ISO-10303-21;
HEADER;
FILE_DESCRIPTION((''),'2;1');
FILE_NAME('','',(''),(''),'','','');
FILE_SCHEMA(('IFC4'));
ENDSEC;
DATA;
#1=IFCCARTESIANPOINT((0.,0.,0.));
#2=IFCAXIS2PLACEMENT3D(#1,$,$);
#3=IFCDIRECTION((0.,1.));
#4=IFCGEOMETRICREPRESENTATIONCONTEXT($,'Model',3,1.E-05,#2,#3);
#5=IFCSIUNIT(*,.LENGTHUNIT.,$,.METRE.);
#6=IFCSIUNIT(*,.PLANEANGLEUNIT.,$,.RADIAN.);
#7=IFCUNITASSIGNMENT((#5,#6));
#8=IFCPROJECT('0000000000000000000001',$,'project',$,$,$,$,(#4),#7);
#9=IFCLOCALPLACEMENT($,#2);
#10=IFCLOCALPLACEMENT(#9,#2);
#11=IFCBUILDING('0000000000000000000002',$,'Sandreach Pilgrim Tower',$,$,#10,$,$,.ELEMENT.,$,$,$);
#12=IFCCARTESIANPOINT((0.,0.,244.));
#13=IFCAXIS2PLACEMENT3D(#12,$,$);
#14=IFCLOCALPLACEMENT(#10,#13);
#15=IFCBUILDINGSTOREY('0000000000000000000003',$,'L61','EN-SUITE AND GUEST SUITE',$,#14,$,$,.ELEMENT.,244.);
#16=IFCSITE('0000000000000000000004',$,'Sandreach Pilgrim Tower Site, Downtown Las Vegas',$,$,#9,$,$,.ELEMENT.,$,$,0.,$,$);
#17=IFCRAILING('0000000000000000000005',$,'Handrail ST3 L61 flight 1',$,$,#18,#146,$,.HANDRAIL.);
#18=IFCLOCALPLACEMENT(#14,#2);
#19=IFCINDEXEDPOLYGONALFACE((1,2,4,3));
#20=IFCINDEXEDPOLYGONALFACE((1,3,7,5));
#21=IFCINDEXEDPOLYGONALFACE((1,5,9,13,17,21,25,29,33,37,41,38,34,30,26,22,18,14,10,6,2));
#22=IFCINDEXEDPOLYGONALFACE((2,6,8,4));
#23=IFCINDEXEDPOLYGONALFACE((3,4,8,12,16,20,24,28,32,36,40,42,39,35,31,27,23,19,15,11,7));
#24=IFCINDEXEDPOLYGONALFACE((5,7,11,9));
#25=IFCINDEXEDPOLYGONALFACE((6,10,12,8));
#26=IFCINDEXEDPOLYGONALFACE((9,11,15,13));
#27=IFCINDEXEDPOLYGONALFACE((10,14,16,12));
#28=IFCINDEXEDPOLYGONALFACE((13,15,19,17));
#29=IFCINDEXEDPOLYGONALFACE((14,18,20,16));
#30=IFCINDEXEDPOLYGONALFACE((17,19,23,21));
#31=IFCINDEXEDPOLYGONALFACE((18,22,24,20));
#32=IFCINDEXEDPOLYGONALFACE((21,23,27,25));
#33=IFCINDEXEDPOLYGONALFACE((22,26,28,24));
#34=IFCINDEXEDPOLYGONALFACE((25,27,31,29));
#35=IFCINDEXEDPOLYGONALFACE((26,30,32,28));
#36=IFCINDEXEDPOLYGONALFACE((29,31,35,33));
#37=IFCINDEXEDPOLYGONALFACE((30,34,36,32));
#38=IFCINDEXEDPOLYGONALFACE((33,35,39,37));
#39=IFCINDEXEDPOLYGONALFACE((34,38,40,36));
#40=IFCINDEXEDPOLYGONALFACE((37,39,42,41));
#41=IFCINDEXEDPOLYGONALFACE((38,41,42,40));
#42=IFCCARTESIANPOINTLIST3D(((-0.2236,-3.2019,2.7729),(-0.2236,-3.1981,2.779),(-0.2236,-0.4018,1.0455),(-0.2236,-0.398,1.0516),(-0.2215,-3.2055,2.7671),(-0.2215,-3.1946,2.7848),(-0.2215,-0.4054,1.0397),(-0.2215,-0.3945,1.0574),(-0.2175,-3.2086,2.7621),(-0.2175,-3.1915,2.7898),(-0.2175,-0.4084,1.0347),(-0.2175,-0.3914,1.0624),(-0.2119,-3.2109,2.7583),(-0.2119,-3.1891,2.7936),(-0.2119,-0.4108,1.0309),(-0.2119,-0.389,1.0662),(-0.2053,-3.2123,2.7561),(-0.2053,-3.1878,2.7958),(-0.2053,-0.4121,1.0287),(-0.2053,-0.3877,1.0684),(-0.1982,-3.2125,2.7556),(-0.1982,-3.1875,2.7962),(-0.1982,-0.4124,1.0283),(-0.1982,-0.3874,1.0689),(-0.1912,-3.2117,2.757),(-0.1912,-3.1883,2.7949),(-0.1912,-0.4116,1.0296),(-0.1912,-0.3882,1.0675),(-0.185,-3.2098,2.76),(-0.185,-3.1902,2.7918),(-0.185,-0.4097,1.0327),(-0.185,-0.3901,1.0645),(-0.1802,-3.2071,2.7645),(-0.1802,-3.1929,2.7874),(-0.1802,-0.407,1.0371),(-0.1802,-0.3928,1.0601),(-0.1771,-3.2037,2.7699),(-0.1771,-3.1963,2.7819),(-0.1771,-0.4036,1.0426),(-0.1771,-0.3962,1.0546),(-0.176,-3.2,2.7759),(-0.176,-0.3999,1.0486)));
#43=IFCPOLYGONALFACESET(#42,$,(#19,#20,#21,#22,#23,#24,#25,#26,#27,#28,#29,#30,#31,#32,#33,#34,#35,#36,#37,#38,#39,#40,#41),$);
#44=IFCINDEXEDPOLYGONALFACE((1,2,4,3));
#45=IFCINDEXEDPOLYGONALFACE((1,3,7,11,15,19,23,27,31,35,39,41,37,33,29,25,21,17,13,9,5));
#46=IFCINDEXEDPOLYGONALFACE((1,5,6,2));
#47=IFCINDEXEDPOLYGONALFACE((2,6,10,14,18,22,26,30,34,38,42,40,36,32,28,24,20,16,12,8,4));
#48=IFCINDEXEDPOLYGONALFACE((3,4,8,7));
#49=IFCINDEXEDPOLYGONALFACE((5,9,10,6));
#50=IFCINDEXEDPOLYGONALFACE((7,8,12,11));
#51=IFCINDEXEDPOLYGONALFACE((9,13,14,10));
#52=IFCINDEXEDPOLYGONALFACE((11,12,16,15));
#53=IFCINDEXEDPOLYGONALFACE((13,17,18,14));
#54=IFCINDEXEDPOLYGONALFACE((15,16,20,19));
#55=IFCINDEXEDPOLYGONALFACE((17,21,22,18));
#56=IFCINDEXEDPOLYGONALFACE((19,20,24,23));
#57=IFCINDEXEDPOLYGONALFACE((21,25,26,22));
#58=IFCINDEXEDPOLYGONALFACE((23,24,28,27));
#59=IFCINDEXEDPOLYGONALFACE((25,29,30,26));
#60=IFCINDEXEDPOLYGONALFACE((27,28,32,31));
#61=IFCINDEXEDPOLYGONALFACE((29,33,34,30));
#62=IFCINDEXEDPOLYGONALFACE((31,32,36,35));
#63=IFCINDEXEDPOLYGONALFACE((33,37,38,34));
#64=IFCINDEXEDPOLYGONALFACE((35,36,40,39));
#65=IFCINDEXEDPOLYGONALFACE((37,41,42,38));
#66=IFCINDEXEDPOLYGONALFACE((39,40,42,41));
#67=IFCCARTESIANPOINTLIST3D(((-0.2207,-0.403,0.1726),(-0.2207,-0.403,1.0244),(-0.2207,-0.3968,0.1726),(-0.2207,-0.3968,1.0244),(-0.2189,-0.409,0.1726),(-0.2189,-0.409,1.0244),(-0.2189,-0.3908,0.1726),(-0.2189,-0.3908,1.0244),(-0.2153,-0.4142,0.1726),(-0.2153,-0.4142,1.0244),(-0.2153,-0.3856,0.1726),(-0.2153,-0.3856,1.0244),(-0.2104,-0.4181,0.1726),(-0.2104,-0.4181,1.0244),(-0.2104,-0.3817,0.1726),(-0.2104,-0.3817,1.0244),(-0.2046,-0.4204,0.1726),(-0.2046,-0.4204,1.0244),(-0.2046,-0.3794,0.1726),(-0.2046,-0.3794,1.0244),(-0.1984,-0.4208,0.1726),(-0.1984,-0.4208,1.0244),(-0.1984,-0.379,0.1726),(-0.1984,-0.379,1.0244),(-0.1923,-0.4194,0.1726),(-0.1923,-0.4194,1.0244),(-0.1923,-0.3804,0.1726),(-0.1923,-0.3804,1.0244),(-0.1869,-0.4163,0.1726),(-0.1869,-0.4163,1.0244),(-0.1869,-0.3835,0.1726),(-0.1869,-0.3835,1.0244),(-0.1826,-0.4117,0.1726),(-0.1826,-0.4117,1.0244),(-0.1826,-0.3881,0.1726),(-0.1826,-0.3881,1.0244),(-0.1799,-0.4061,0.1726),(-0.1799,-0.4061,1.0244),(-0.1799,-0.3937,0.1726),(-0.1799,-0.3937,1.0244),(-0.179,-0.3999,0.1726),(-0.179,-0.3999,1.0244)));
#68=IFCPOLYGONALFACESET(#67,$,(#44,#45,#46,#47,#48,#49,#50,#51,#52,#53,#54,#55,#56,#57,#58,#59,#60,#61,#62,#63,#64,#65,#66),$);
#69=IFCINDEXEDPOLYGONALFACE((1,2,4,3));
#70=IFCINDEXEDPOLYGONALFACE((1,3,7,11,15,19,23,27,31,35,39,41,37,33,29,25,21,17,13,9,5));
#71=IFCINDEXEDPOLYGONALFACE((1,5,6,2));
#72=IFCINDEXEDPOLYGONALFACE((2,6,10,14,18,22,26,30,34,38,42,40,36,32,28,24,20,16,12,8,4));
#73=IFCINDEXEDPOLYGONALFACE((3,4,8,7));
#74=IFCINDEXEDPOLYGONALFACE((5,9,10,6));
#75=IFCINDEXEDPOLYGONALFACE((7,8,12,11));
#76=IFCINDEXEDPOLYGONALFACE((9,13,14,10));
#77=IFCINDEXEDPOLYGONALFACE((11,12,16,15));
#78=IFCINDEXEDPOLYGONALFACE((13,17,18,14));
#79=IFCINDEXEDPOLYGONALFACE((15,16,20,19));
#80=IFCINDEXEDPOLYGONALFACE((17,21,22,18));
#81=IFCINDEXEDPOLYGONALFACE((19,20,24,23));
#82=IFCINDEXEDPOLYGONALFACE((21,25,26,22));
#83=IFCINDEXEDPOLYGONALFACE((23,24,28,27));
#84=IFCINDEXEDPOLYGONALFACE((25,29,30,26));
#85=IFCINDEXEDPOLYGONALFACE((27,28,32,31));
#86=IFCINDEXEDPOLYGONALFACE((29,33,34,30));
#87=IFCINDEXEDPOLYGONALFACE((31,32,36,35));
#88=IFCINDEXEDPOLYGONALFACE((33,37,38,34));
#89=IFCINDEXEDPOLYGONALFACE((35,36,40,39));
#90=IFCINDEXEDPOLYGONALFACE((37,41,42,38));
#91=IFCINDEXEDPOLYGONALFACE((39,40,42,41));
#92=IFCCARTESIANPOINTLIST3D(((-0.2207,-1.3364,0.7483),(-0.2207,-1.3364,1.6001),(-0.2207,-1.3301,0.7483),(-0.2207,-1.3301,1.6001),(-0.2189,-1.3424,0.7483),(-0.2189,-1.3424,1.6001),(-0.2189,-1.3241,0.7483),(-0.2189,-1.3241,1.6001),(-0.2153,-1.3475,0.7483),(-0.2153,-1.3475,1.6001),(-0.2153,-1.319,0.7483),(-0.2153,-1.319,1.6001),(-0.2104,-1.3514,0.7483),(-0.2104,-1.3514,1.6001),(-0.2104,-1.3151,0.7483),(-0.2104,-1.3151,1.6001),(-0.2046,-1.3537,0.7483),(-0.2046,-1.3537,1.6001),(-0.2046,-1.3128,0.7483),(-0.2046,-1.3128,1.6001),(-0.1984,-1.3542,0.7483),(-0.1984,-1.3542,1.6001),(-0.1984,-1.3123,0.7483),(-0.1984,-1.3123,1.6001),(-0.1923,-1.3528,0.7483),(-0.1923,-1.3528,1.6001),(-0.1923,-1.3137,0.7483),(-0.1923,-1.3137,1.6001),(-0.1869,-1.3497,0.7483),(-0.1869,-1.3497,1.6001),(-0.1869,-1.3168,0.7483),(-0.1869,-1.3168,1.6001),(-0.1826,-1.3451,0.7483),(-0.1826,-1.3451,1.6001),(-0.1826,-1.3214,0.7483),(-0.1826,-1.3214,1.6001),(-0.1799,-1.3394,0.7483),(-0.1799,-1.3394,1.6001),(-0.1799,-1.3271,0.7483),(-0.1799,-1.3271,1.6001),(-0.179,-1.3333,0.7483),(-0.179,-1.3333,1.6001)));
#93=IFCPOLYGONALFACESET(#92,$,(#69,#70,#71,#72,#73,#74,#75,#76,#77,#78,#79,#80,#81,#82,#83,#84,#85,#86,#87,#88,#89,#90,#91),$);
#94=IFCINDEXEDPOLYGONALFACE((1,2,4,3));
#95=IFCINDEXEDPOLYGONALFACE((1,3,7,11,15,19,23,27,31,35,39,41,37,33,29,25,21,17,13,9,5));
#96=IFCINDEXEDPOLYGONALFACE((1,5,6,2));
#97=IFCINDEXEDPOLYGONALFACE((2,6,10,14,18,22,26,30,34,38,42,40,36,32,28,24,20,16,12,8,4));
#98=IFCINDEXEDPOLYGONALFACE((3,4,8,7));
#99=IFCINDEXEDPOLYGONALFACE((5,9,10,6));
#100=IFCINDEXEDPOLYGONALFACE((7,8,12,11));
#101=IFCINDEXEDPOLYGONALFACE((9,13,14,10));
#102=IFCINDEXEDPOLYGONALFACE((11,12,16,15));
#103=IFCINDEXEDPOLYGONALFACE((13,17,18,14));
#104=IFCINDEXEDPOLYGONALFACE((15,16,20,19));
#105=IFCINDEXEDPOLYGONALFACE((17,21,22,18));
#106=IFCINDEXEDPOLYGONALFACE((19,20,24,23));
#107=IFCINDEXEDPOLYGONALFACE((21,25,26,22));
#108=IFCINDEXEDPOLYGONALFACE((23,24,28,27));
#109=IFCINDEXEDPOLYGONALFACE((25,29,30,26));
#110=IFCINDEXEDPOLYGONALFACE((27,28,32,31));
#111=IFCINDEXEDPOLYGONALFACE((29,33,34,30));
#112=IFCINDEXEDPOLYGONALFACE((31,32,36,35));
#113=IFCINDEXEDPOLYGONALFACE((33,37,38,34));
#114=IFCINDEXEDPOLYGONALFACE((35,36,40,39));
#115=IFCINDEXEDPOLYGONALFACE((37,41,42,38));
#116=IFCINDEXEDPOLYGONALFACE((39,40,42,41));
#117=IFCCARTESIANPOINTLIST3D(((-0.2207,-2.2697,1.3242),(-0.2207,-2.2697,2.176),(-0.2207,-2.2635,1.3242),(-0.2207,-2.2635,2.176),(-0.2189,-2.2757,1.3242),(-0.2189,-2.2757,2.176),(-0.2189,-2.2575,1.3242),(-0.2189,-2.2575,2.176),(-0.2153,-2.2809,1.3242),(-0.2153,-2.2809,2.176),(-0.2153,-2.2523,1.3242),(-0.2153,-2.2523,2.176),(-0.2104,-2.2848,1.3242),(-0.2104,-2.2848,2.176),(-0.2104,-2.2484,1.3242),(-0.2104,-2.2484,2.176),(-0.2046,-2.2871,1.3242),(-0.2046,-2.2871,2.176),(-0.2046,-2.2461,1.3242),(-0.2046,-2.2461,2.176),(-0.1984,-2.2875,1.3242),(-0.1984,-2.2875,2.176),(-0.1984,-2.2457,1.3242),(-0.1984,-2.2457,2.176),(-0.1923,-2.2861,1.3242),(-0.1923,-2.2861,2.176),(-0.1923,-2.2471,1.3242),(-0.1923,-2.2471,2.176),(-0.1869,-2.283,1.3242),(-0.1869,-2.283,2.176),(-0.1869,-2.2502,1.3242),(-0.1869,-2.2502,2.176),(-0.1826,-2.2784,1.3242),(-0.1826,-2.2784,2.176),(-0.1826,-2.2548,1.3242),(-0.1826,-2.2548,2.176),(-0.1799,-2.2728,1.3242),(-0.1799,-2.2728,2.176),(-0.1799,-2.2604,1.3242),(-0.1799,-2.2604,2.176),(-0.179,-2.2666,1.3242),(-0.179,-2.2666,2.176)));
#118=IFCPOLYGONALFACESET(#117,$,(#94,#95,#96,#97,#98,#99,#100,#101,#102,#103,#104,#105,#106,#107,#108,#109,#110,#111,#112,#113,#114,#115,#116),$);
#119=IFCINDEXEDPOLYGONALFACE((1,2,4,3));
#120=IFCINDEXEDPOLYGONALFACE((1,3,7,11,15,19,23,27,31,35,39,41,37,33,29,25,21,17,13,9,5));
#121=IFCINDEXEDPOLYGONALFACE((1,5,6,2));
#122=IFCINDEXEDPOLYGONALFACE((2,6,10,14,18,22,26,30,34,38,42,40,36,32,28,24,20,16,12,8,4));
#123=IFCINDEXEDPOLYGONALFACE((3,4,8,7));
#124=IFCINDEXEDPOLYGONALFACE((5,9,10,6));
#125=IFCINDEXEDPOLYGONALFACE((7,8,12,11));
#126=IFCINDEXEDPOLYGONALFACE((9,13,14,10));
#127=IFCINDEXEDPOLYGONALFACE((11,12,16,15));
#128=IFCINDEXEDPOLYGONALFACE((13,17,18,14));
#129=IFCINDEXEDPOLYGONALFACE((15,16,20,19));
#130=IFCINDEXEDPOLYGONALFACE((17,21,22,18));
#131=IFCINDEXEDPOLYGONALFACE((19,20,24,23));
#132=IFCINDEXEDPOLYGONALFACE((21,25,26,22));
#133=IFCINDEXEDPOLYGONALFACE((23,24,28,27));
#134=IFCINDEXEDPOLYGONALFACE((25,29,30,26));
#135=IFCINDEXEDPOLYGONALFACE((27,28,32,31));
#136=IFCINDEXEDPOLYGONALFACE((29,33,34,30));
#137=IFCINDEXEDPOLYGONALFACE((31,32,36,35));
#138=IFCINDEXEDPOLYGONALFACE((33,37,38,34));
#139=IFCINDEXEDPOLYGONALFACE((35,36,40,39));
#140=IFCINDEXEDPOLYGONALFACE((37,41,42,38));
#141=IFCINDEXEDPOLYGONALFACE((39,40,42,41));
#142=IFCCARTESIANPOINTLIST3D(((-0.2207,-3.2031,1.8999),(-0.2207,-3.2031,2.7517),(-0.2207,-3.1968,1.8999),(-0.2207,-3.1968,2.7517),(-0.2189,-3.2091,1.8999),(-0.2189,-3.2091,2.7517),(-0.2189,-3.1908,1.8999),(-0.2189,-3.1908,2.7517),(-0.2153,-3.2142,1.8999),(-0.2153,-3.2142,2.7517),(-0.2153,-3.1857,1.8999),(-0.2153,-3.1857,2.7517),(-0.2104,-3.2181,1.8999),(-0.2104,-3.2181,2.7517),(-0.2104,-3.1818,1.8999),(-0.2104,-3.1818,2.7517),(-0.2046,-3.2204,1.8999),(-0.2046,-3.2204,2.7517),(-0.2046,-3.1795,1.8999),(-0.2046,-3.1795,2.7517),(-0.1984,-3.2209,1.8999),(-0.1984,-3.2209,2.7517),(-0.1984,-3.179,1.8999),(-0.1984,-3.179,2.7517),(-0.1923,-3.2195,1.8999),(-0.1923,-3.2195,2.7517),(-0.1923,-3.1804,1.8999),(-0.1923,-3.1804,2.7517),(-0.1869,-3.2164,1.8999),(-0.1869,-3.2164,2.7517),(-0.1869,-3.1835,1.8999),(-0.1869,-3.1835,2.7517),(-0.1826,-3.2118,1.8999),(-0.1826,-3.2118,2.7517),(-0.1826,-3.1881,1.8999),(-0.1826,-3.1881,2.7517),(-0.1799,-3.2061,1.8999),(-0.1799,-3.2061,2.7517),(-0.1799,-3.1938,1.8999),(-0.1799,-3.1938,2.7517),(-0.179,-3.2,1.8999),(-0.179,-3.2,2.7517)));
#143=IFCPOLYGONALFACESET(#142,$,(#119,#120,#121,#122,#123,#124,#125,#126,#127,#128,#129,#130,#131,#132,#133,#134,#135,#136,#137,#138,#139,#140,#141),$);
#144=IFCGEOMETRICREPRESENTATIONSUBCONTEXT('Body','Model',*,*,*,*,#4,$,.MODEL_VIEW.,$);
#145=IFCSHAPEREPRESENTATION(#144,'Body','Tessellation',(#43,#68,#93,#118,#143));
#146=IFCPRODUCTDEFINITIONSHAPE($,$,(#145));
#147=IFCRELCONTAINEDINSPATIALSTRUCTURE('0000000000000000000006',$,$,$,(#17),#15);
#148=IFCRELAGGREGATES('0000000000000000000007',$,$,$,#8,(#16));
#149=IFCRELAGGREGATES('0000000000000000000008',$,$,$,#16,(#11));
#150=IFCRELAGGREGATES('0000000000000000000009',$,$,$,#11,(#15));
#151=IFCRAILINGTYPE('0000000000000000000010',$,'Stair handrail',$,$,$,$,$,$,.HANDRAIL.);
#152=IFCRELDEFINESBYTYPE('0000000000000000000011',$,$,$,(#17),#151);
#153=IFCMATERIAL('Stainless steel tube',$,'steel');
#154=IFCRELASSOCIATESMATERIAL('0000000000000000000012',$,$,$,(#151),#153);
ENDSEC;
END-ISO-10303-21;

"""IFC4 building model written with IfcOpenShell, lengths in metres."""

from ifc_helpers import new_model, si_unit, direction, frame, origin, origin_2d, place, context, subcontext, project, spatial, circle, extrude, material, type_object, element, save


model = new_model("IFC4")

# Units and contexts
model_context = context("Model", 3, precision=1e-05, world=origin(), true_north=direction((0.0, 1.0)))
body_context = subcontext(model_context, "Body", "Model", "MODEL_VIEW")
ifc_project = project(units=[si_unit("LENGTHUNIT", "METRE"), si_unit("PLANEANGLEUNIT", "RADIAN")], contexts=[model_context])

# Site, building, storey
site_placement = place(None, origin())
site = spatial("IfcSite", under=ifc_project, at=site_placement, Name="Sandreach Pilgrim Tower Site, Downtown Las Vegas", CompositionType="ELEMENT", RefElevation=0.0)
building_placement = place(site_placement, origin())
building = spatial("IfcBuilding", under=site, at=building_placement, Name="Sandreach Pilgrim Tower", CompositionType="ELEMENT")
storey_placement = place(building_placement, frame((0.0, 0.0, 244.0)))
storey = spatial("IfcBuildingStorey", under=building, at=storey_placement, Name="L61", Description="EN-SUITE AND GUEST SUITE", CompositionType="ELEMENT", Elevation=244.0)

# Railing
ifc_material_1 = material(Name="Stainless steel tube", Category="steel")
railing_type = type_object("IfcRailingType", Name="Stair handrail", PredefinedType="HANDRAIL", material=ifc_material_1)
for number, where, name in (
    (1, (-0.2, -0.3999, 0.1726), "Handrail ST3 L61 flight 1"),
):
    element("IfcRailing", number, at=place(storey_placement, frame(where)), inside=storey, type_object=railing_type, Name=name, PredefinedType="HANDRAIL", context=body_context, shape_type="SweptSolid", body=[
        extrude(circle(Radius=0.0239, at=origin_2d()), frame((0.0, 0.0, 0.876), z_axis=(0.0, -0.85109, 0.52502), x_axis=(1.0, 0.0, 0.0)), (0.0, 0.0, 1.0), 3.29),
        extrude(circle(Radius=0.021, at=origin_2d()), origin(), (0.0, 0.0, 1.0), 0.8518),
        extrude(circle(Radius=0.021, at=origin_2d()), frame((0.0, -0.9333, 0.5757)), (0.0, 0.0, 1.0), 0.8518),
        extrude(circle(Radius=0.021, at=origin_2d()), frame((0.0, -1.8667, 1.1516)), (0.0, 0.0, 1.0), 0.8518),
        extrude(circle(Radius=0.021, at=origin_2d()), frame((0.0, -2.8, 1.7273)), (0.0, 0.0, 1.0), 0.8518),
    ])

save(model, "model.ifc")
